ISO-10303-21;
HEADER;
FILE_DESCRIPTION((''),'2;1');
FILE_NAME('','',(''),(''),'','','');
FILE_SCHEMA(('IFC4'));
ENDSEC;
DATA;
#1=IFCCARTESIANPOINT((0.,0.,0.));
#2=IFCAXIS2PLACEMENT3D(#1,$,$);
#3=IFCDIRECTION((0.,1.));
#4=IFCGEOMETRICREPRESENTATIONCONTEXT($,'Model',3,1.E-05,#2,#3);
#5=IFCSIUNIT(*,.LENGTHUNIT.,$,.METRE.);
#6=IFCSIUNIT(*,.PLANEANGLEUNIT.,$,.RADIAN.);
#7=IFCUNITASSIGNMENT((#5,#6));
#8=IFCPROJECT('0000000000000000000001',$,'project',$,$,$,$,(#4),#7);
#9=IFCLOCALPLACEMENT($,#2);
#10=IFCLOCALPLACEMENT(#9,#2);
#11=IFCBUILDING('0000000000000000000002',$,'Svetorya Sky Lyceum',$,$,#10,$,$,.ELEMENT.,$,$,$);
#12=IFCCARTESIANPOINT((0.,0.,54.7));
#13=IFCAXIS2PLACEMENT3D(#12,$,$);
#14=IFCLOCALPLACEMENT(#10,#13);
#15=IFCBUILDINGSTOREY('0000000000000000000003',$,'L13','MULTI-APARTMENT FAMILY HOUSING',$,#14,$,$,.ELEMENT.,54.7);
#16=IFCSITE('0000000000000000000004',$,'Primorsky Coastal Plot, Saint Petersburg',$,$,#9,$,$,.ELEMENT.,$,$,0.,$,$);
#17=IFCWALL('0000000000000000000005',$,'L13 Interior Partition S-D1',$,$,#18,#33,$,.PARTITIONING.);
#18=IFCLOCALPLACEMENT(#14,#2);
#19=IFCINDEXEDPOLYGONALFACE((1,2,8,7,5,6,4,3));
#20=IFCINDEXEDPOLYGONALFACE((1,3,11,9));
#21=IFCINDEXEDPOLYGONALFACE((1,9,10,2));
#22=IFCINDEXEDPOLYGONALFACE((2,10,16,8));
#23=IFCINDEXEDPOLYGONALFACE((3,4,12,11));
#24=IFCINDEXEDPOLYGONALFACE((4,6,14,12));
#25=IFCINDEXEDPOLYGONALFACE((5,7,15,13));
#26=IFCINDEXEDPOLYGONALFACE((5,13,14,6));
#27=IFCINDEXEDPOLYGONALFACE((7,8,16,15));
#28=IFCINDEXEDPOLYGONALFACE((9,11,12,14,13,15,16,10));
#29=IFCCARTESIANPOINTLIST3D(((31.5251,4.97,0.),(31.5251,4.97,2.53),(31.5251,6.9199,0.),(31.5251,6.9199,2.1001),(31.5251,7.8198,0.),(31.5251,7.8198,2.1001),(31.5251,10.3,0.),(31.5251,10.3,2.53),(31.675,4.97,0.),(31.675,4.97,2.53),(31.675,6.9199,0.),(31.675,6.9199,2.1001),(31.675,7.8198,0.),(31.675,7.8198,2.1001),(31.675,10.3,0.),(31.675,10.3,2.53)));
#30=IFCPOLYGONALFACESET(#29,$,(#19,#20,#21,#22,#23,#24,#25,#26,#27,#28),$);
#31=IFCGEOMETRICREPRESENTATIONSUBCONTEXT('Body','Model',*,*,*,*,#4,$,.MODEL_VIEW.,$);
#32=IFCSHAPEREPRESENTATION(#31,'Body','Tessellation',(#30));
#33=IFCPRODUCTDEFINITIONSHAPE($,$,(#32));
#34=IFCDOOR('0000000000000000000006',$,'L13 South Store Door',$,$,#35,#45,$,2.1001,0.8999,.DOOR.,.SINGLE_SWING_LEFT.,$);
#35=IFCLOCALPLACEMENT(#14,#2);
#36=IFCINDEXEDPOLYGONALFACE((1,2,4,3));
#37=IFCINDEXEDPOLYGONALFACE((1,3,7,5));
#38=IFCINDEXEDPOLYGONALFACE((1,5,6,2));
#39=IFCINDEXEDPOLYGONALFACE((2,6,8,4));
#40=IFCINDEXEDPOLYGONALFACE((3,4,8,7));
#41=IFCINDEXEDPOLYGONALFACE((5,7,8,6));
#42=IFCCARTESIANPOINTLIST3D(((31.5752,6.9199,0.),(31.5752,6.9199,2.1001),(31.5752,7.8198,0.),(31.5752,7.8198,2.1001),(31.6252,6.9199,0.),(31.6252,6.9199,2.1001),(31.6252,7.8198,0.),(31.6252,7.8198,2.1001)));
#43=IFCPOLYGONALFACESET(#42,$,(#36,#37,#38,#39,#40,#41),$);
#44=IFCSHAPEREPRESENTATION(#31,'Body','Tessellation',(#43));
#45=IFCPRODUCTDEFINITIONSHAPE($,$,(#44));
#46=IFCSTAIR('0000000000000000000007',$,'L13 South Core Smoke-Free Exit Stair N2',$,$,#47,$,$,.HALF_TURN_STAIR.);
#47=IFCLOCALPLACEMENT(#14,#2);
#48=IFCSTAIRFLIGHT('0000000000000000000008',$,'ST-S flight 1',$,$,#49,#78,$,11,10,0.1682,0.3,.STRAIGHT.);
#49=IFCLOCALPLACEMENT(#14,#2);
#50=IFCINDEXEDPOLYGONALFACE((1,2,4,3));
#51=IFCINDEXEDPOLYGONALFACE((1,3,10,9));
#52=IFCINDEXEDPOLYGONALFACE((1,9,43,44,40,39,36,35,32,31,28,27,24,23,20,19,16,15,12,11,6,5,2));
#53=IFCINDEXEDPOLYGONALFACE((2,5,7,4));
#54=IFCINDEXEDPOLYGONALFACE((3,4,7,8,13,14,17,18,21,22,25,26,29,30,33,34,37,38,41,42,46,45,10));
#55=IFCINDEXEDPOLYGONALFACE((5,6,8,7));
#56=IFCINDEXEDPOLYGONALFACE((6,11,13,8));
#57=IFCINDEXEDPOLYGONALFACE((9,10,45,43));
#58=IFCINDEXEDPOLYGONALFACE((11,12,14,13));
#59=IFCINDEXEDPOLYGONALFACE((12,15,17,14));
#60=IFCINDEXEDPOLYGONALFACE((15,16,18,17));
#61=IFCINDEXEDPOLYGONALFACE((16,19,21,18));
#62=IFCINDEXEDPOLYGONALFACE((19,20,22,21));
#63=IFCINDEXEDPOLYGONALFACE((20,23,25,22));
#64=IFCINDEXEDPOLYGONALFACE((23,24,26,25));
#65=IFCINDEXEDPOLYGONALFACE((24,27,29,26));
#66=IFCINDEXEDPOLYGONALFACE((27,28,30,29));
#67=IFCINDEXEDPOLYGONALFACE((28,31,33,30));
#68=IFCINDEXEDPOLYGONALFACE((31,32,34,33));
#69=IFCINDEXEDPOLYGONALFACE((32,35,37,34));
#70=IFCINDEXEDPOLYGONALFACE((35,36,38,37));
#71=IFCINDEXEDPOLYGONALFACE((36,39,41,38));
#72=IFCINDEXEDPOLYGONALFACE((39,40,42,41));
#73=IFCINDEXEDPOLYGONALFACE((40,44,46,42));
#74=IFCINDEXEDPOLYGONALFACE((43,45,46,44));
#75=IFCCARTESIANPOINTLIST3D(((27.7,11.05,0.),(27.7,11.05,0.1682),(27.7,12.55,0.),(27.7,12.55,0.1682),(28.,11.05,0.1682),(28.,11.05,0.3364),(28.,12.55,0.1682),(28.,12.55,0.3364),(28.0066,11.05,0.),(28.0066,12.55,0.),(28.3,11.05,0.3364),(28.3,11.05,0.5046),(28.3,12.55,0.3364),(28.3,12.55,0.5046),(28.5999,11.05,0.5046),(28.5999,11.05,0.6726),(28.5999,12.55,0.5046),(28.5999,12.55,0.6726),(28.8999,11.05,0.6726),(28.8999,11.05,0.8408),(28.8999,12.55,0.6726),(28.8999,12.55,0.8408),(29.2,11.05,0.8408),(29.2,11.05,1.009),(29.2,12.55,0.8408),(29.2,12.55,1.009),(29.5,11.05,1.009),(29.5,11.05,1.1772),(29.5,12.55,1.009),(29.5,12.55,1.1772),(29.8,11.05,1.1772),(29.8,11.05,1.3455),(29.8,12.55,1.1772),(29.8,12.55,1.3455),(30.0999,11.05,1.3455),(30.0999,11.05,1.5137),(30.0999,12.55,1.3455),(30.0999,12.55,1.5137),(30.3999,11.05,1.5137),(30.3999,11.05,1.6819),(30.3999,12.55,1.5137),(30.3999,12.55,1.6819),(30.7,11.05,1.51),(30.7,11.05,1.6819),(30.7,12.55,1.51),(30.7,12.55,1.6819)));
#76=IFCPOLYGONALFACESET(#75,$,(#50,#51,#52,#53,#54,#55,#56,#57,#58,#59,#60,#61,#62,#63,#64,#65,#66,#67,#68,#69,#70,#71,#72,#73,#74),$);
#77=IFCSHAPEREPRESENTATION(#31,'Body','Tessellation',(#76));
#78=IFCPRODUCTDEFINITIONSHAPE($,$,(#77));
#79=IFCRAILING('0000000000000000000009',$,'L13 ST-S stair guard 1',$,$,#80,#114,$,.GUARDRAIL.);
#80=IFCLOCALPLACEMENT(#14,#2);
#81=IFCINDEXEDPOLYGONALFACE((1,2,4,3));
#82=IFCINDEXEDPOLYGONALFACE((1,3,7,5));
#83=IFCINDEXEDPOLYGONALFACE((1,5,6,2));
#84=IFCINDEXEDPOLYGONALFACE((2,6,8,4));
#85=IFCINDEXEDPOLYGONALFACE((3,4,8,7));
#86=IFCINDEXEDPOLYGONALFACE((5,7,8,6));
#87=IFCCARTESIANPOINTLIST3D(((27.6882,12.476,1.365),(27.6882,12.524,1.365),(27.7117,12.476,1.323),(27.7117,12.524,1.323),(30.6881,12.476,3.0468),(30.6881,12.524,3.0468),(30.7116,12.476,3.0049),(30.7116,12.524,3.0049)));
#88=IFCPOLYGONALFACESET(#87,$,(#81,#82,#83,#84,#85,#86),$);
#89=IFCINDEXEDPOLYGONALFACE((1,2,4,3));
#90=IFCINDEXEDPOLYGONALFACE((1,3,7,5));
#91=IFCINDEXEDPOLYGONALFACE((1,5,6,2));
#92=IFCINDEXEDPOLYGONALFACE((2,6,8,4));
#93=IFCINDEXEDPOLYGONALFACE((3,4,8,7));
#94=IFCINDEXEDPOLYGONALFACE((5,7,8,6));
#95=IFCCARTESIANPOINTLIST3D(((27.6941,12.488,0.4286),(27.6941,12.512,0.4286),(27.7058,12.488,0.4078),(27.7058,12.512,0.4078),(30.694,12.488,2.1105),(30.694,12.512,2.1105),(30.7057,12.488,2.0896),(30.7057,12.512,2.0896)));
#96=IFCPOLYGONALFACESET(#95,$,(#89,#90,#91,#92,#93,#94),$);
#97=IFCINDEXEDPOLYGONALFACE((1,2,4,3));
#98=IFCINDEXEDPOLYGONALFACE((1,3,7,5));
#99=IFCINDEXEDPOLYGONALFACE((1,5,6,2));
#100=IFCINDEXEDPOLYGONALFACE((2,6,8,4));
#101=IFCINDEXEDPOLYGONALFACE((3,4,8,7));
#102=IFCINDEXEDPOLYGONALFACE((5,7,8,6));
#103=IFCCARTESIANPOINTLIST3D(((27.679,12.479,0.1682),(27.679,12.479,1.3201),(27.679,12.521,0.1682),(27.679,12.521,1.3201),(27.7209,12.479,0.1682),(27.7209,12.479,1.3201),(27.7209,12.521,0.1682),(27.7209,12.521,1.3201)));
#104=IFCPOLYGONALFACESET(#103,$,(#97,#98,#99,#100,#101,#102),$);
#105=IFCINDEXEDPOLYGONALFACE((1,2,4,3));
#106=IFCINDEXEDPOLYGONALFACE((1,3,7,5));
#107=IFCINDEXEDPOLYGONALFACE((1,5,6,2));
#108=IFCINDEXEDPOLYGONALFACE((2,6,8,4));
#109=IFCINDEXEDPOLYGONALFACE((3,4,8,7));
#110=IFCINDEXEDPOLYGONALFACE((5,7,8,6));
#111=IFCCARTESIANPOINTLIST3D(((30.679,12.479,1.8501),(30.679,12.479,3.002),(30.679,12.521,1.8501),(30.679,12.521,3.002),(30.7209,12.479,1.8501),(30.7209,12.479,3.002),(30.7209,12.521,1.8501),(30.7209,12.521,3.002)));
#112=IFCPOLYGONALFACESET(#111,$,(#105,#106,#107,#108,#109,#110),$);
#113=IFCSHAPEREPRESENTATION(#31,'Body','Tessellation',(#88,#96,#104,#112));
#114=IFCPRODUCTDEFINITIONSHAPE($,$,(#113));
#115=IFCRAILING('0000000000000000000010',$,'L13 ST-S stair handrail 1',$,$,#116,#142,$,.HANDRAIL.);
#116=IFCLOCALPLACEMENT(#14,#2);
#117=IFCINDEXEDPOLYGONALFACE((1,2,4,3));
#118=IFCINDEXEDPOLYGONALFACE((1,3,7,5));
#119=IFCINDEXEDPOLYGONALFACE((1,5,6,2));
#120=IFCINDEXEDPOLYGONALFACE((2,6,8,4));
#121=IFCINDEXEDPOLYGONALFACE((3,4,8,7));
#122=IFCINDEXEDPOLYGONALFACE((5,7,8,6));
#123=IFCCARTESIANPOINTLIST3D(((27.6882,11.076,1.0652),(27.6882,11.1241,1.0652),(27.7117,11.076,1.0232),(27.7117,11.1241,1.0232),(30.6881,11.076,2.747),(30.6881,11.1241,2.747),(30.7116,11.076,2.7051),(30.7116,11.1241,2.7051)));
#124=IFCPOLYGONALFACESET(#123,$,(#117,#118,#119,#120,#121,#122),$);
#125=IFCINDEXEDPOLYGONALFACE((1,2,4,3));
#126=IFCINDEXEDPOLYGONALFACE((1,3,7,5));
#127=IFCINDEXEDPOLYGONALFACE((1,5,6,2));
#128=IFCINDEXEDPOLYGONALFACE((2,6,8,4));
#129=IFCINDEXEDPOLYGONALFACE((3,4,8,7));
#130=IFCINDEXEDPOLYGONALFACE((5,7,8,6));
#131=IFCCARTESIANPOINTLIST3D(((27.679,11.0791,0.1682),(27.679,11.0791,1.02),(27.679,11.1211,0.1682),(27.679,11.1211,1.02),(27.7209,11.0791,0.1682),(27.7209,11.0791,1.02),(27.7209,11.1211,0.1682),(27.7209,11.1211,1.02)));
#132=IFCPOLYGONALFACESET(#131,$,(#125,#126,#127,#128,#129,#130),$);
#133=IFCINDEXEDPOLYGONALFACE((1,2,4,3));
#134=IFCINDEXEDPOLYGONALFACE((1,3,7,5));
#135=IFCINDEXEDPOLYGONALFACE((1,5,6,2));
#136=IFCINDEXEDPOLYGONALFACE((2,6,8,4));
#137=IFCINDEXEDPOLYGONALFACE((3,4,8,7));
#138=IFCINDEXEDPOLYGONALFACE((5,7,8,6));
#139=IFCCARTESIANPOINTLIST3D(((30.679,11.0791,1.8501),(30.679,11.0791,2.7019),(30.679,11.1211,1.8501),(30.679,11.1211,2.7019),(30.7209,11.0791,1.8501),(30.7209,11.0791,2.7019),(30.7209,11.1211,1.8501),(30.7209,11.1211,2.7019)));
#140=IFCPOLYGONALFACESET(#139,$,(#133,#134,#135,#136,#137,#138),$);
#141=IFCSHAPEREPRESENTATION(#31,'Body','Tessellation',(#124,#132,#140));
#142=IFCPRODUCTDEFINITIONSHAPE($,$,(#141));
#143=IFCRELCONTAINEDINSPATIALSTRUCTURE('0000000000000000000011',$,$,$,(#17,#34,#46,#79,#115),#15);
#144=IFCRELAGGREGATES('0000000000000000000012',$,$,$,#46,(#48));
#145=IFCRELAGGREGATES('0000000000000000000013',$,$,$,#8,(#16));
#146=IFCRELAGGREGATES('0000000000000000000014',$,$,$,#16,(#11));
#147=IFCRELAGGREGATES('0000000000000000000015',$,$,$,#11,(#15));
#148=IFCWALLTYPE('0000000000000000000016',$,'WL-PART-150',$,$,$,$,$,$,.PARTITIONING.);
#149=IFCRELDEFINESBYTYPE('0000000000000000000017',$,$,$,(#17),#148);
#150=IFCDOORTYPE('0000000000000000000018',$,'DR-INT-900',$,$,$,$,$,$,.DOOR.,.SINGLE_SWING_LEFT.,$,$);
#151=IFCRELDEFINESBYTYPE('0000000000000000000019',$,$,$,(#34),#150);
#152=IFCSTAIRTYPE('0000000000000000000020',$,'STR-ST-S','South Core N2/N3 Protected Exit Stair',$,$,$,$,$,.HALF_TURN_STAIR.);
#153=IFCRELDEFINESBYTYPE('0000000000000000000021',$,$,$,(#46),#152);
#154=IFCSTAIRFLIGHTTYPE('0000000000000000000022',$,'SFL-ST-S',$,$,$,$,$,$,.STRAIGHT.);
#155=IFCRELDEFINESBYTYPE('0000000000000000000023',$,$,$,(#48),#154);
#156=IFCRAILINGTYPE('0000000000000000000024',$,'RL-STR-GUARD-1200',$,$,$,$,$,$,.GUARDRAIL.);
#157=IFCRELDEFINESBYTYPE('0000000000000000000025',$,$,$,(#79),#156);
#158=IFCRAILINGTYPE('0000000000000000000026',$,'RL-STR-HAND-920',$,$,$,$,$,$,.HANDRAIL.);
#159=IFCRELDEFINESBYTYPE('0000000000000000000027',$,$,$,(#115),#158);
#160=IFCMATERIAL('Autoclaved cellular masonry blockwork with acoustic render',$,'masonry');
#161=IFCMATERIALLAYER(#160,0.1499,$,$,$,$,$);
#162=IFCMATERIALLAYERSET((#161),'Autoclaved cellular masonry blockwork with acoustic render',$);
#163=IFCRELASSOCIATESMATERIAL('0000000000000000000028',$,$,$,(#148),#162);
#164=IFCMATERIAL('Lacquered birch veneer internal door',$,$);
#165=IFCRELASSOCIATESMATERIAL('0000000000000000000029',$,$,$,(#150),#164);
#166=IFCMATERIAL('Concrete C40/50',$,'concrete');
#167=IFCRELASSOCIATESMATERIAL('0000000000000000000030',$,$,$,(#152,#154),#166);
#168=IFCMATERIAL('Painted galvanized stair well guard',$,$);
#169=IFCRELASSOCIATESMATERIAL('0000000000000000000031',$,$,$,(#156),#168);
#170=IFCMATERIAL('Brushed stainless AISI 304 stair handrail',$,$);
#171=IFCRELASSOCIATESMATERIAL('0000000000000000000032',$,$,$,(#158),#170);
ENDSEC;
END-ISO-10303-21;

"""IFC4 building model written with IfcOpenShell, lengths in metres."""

from ifc_helpers import new_model, si_unit, direction, frame, frame_2d, origin, origin_2d, place, context, subcontext, project, spatial, polyline, rectangle, outline, extrude, material, layer, layer_set, type_object, element, fill, aggregate, save


model = new_model("IFC4")

# Units and contexts
model_context = context("Model", 3, precision=1e-05, world=origin(), true_north=direction((0.0, 1.0)))
body_context = subcontext(model_context, "Body", "Model", "MODEL_VIEW")
ifc_project = project(units=[si_unit("LENGTHUNIT", "METRE"), si_unit("PLANEANGLEUNIT", "RADIAN")], contexts=[model_context])

# Site, building, storey
site_placement = place(None, origin())
site = spatial("IfcSite", under=ifc_project, at=site_placement, Name="Primorsky Coastal Plot, Saint Petersburg", CompositionType="ELEMENT", RefElevation=0.0)
building_placement = place(site_placement, origin())
building = spatial("IfcBuilding", under=site, at=building_placement, Name="Svetorya Sky Lyceum", CompositionType="ELEMENT")
storey_placement = place(building_placement, frame((0.0, 0.0, 54.7)))
storey = spatial("IfcBuildingStorey", under=building, at=storey_placement, Name="L13", Description="MULTI-APARTMENT FAMILY HOUSING", CompositionType="ELEMENT", Elevation=54.7)

# Shared definitions
ifc_material_1 = material(Name="Concrete C40/50", Category="concrete")

# Wall, opening, door
ifc_material_2 = material(Name="Autoclaved cellular masonry blockwork with acoustic render", Category="masonry")
ifc_layer_1 = layer(ifc_material_2, 0.1499)
ifc_layer_set_1 = layer_set([ifc_layer_1], Name="Autoclaved cellular masonry blockwork with acoustic render")
wall_type_1 = type_object("IfcWallType", Name="WL-PART-150", PredefinedType="PARTITIONING", material=ifc_layer_set_1)
wall_1_placement = place(storey_placement, frame((31.6001, 4.97, 0.0), z_axis=(0.0, 0.0, 1.0), x_axis=(0.0, 1.0, 0.0)))
wall_1 = element("IfcWall", 1, at=wall_1_placement, inside=storey, type_object=wall_type_1, Name="L13 Interior Partition S-D1", PredefinedType="PARTITIONING", context=body_context, shape_type="SweptSolid", body=[
    extrude(rectangle(XDim=5.3301, YDim=0.1499, at=frame_2d((2.665, 0.0))), origin(), (0.0, 0.0, 1.0), 2.53),
])
opening_placement = place(wall_1_placement, frame((1.95, 0.0, 0.0)))
opening = element("IfcOpeningElement", 2, at=opening_placement, cuts=wall_1, PredefinedType="OPENING", context=body_context, shape_type="SweptSolid", body=[
    extrude(rectangle(XDim=0.8999, YDim=2.1001, at=frame_2d((0.45, 1.05))), frame((0.0, 0.085, 0.0), z_axis=(0.0, -1.0, 0.0), x_axis=(1.0, 0.0, 0.0)), (0.0, 0.0, 1.0), 0.1699),
])
ifc_material_3 = material(Name="Lacquered birch veneer internal door")
door_type = type_object("IfcDoorType", Name="DR-INT-900", OperationType="SINGLE_SWING_LEFT", PredefinedType="DOOR", material=ifc_material_3)
door_placement = place(opening_placement, origin())
door = element("IfcDoor", 3, at=door_placement, inside=storey, type_object=door_type, Name="L13 South Store Door", OperationType="SINGLE_SWING_LEFT", OverallHeight=2.1001, OverallWidth=0.8999, PredefinedType="DOOR", context=body_context, shape_type="SweptSolid", body=[
    extrude(rectangle(XDim=0.8999, YDim=2.1001, at=frame_2d((0.45, 1.05))), frame((0.0, 0.0249, 0.0), z_axis=(0.0, -1.0, 0.0), x_axis=(1.0, 0.0, 0.0)), (0.0, 0.0, 1.0), 0.05),
])
fill(opening, door)

# Stair, stair flight
stair_type = type_object("IfcStairType", Name="STR-ST-S", Description="South Core N2/N3 Protected Exit Stair", PredefinedType="HALF_TURN_STAIR", material=ifc_material_1)
stair_placement = place(storey_placement, origin())
stair = element("IfcStair", 4, at=stair_placement, inside=storey, type_object=stair_type, Name="L13 South Core Smoke-Free Exit Stair N2", PredefinedType="HALF_TURN_STAIR")
stair_flight_type = type_object("IfcStairFlightType", Name="SFL-ST-S", PredefinedType="STRAIGHT", material=ifc_material_1)
stair_flight_placement = place(storey_placement, frame((27.7, 11.8, 0.0), z_axis=(0.0, 0.0, 1.0), x_axis=(1.0, 0.0, 0.0)))
stair_flight = element("IfcStairFlight", 5, at=stair_flight_placement, type_object=stair_flight_type, Name="ST-S flight 1", NumberOfRisers=11, NumberOfTreads=10, PredefinedType="STRAIGHT", RiserHeight=0.1682, TreadLength=0.3, context=body_context, shape_type="SweptSolid", body=[
    extrude(outline(polyline([(0.0, 0.0), (0.0, 0.1682), (0.3, 0.1682), (0.3, 0.3364), (0.6001, 0.3364), (0.6001, 0.5046), (0.8999, 0.5046), (0.8999, 0.6726), (1.2, 0.6726), (1.2, 0.8408), (1.5, 0.8408), (1.5, 1.009), (1.8, 1.009), (1.8, 1.1772), (2.1001, 1.1772), (2.1001, 1.3455), (2.3999, 1.3455), (2.3999, 1.5137), (2.7, 1.5137), (2.7, 1.6819), (3.0, 1.6819), (3.0, 1.8501), (3.0, 1.51), (0.3066, 0.0), (0.0, 0.0)])), frame((0.0, 0.75, 0.0), z_axis=(0.0, -1.0, 0.0), x_axis=(1.0, 0.0, 0.0)), (0.0, 0.0, 1.0), 1.5),
])
aggregate(stair, [stair_flight])

# Railings
ifc_material_4 = material(Name="Painted galvanized stair well guard")
railing_type_1 = type_object("IfcRailingType", Name="RL-STR-GUARD-1200", PredefinedType="GUARDRAIL", material=ifc_material_4)
railing_1_placement = place(storey_placement, frame((27.7, 12.5, 0.1682)))
element("IfcRailing", 6, at=railing_1_placement, inside=storey, type_object=railing_type_1, Name="L13 ST-S stair guard 1", PredefinedType="GUARDRAIL", context=body_context, shape_type="SweptSolid", body=[
    extrude(rectangle(XDim=0.0481, YDim=0.0481, at=origin_2d()), frame((0.0, 0.0, 1.1758), z_axis=(0.872272, 0.0, 0.48902), x_axis=(0.0, 1.0, 0.0)), (0.0, 0.0, 1.0), 3.4392),
    extrude(rectangle(XDim=0.0239, YDim=0.0239, at=origin_2d()), frame((0.0, 0.0, 0.25), z_axis=(0.872272, 0.0, 0.48902), x_axis=(0.0, 1.0, 0.0)), (0.0, 0.0, 1.0), 3.4392),
    extrude(rectangle(XDim=0.042, YDim=0.042, at=origin_2d()), origin(), (0.0, 0.0, 1.0), 1.1519),
    extrude(rectangle(XDim=0.042, YDim=0.042, at=origin_2d()), frame((3.0, 0.0, 1.6819)), (0.0, 0.0, 1.0), 1.1519),
])
ifc_material_5 = material(Name="Brushed stainless AISI 304 stair handrail")
railing_type_2 = type_object("IfcRailingType", Name="RL-STR-HAND-920", PredefinedType="HANDRAIL", material=ifc_material_5)
railing_2_placement = place(storey_placement, frame((27.7, 11.1001, 0.1682)))
element("IfcRailing", 7, at=railing_2_placement, inside=storey, type_object=railing_type_2, Name="L13 ST-S stair handrail 1", PredefinedType="HANDRAIL", context=body_context, shape_type="SweptSolid", body=[
    extrude(rectangle(XDim=0.0481, YDim=0.0481, at=origin_2d()), frame((0.0, 0.0, 0.876), z_axis=(0.872272, 0.0, 0.48902), x_axis=(0.0, 1.0, 0.0)), (0.0, 0.0, 1.0), 3.4392),
    extrude(rectangle(XDim=0.042, YDim=0.042, at=origin_2d()), origin(), (0.0, 0.0, 1.0), 0.8518),
    extrude(rectangle(XDim=0.042, YDim=0.042, at=origin_2d()), frame((3.0, 0.0, 1.6819)), (0.0, 0.0, 1.0), 0.8518),
])

save(model, "model.ifc")
